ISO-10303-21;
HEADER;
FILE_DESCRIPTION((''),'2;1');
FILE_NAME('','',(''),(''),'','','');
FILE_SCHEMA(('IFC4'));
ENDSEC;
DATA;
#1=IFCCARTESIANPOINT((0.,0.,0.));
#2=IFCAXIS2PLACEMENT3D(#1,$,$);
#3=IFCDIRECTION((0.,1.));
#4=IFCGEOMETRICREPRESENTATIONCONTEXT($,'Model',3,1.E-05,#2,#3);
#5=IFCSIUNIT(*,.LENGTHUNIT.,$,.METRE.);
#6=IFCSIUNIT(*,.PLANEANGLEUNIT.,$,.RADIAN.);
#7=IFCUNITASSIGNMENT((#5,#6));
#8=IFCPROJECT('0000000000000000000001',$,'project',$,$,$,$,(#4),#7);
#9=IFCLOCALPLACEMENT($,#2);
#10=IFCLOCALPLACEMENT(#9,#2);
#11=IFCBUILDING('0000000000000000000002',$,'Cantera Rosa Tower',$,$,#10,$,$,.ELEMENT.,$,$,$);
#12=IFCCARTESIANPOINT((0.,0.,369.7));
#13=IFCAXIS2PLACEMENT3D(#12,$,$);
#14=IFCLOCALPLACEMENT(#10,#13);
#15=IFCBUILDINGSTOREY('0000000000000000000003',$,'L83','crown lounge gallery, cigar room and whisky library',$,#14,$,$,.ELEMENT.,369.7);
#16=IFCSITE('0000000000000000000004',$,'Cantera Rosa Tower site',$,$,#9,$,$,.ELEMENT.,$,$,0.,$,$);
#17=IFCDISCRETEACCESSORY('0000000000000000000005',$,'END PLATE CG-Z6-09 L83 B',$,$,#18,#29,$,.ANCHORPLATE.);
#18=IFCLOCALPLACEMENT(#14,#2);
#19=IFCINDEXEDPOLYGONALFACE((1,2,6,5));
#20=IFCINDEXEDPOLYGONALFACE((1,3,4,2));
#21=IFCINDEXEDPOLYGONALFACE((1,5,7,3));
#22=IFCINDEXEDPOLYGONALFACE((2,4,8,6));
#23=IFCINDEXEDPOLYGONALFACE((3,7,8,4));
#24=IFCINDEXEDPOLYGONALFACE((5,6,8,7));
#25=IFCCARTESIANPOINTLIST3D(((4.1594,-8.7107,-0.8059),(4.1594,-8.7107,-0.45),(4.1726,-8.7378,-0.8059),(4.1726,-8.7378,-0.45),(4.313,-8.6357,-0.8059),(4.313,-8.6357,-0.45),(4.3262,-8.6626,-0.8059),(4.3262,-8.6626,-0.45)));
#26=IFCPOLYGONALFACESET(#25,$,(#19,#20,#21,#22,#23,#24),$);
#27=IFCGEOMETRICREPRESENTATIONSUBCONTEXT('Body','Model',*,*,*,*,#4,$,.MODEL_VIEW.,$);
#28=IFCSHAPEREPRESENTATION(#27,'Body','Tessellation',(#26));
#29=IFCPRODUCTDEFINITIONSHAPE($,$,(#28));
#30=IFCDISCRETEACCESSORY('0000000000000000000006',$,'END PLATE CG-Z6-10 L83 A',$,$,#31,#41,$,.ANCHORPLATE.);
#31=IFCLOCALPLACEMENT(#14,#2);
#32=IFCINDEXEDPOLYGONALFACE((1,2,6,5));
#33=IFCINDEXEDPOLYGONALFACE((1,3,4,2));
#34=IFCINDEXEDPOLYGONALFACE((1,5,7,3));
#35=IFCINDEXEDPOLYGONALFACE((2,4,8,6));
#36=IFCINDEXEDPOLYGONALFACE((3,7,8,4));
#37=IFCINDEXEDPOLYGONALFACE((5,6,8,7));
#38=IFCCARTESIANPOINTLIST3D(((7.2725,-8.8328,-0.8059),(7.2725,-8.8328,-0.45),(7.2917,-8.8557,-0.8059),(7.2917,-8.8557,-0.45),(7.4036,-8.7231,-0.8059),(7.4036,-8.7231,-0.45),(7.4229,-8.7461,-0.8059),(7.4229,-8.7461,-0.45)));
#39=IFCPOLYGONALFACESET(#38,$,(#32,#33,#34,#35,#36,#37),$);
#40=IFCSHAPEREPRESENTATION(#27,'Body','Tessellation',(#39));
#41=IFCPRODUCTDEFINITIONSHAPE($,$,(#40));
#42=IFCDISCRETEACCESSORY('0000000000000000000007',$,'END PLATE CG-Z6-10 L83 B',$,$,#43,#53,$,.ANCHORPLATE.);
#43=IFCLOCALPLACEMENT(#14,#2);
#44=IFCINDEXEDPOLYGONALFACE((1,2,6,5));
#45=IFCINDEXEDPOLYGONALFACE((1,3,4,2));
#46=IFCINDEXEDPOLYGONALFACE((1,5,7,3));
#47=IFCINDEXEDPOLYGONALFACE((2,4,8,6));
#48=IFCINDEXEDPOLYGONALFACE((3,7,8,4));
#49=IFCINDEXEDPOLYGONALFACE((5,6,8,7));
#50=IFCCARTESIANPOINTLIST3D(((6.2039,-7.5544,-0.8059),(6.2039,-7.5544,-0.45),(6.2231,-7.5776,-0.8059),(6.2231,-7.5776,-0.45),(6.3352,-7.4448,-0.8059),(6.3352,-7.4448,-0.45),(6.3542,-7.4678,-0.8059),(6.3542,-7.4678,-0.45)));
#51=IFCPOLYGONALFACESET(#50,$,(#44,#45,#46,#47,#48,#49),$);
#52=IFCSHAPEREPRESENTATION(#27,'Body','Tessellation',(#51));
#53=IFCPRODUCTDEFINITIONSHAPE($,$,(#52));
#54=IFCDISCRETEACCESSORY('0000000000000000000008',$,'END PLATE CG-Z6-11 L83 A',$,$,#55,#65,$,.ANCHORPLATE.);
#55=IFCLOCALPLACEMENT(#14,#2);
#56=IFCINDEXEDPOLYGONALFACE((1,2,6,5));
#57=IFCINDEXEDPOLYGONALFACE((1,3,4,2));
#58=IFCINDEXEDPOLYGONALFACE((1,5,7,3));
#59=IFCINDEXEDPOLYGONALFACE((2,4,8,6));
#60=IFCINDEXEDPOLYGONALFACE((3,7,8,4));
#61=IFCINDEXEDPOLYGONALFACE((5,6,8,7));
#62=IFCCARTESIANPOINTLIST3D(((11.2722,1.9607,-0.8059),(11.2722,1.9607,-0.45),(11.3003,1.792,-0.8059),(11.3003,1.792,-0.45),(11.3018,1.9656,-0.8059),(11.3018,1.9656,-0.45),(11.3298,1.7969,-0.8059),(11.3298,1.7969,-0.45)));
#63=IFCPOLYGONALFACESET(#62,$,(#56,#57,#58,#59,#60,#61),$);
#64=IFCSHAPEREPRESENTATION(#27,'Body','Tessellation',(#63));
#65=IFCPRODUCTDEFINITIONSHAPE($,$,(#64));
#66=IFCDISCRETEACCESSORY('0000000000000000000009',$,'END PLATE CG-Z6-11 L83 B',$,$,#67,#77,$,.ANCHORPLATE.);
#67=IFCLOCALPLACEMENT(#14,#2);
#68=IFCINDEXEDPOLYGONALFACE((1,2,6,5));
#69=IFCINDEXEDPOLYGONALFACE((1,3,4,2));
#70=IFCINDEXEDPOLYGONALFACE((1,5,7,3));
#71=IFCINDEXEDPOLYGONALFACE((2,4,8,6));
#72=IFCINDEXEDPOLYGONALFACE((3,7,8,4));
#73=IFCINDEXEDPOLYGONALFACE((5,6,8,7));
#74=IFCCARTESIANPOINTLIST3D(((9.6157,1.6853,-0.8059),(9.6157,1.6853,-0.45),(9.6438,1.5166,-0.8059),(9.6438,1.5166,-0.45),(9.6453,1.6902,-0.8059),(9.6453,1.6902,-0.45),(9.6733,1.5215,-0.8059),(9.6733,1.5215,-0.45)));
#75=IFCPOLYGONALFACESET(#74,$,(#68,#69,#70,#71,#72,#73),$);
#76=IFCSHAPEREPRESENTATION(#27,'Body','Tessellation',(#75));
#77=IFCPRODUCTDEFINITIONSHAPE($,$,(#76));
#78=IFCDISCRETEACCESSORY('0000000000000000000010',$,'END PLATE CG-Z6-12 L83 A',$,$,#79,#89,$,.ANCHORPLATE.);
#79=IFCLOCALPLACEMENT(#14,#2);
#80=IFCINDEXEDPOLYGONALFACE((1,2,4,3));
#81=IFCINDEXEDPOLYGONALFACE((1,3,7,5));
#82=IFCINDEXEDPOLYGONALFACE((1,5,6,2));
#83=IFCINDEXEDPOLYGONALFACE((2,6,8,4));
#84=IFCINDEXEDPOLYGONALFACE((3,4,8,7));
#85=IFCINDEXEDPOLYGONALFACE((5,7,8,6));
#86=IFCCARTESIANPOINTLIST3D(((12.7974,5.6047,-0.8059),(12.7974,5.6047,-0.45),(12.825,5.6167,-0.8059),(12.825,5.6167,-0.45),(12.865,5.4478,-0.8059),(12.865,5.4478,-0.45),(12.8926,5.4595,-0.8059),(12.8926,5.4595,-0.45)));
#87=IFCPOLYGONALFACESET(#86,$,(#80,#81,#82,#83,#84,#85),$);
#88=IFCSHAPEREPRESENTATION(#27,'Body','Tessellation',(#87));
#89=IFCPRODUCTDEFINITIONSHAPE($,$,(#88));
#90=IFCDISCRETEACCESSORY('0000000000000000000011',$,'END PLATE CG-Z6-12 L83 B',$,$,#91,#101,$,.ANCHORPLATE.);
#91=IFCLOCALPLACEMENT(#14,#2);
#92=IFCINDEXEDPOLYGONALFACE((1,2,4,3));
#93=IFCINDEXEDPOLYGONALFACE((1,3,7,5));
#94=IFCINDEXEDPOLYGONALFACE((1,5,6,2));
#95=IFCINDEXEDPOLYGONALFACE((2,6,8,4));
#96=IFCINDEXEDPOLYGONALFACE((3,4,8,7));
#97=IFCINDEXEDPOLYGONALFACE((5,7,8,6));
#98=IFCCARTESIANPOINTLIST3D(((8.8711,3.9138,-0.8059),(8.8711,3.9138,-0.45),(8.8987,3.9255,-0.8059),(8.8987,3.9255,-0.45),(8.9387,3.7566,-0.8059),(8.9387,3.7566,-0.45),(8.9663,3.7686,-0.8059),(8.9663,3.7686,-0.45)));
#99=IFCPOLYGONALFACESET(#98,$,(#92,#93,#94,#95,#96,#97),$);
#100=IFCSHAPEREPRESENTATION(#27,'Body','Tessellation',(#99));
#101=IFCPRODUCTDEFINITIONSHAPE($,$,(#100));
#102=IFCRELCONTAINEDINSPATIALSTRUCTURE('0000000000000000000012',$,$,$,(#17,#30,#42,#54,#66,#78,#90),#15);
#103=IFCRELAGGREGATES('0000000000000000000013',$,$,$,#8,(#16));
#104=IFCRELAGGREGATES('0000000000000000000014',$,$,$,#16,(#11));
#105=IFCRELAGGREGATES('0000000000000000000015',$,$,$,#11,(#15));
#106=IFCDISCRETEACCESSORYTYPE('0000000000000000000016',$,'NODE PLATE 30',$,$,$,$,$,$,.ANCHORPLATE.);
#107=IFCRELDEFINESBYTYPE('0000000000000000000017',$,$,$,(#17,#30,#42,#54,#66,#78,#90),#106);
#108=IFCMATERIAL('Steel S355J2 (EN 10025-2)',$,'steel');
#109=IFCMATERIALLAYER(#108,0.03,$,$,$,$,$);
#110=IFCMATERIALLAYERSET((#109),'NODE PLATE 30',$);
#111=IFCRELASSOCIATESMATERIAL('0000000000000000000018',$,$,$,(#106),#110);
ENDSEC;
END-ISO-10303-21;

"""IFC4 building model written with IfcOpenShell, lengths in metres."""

from ifc_helpers import new_model, si_unit, direction, frame, origin, place, context, subcontext, project, spatial, polyline, outline, extrude, material, layer, layer_set, type_object, element, save


model = new_model("IFC4")

# Units and contexts
model_context = context("Model", 3, precision=1e-05, world=origin(), true_north=direction((0.0, 1.0)))
body_context = subcontext(model_context, "Body", "Model", "MODEL_VIEW")
ifc_project = project(units=[si_unit("LENGTHUNIT", "METRE"), si_unit("PLANEANGLEUNIT", "RADIAN")], contexts=[model_context])

# Site, building, storey
site_placement = place(None, origin())
site = spatial("IfcSite", under=ifc_project, at=site_placement, Name="Cantera Rosa Tower site", CompositionType="ELEMENT", RefElevation=0.0)
building_placement = place(site_placement, origin())
building = spatial("IfcBuilding", under=site, at=building_placement, Name="Cantera Rosa Tower", CompositionType="ELEMENT")
storey_placement = place(building_placement, frame((0.0, 0.0, 369.7)))
storey = spatial("IfcBuildingStorey", under=building, at=storey_placement, Name="L83", Description="crown lounge gallery, cigar room and whisky library", CompositionType="ELEMENT", Elevation=369.7)

# Discrete accessories
ifc_material_1 = material(Name="Steel S355J2 (EN 10025-2)", Category="steel")
ifc_layer_1 = layer(ifc_material_1, 0.03)
ifc_layer_set_1 = layer_set([ifc_layer_1], Name="NODE PLATE 30")
discrete_accessory_type = type_object("IfcDiscreteAccessoryType", Name="NODE PLATE 30", PredefinedType="ANCHORPLATE", material=ifc_layer_set_1)
discrete_accessory_1_placement = place(storey_placement, frame((0.0, 0.0, -0.8059)))
element("IfcDiscreteAccessory", 1, at=discrete_accessory_1_placement, inside=storey, type_object=discrete_accessory_type, Name="END PLATE CG-Z6-09 L83 B", PredefinedType="ANCHORPLATE", context=body_context, shape_type="SweptSolid", body=[
    extrude(outline(polyline([(4.1726, -8.7378), (4.1594, -8.7107), (4.313, -8.6357), (4.3262, -8.6626), (4.1726, -8.7378)])), origin(), (0.0, 0.0, 1.0), 0.356),
])
discrete_accessory_2_placement = place(storey_placement, frame((0.0, 0.0, -0.8059)))
element("IfcDiscreteAccessory", 2, at=discrete_accessory_2_placement, inside=storey, type_object=discrete_accessory_type, Name="END PLATE CG-Z6-10 L83 A", PredefinedType="ANCHORPLATE", context=body_context, shape_type="SweptSolid", body=[
    extrude(outline(polyline([(7.4036, -8.7231), (7.4229, -8.7461), (7.2917, -8.8557), (7.2725, -8.8328), (7.4036, -8.7231)])), origin(), (0.0, 0.0, 1.0), 0.356),
])
discrete_accessory_3_placement = place(storey_placement, frame((0.0, 0.0, -0.8059)))
element("IfcDiscreteAccessory", 3, at=discrete_accessory_3_placement, inside=storey, type_object=discrete_accessory_type, Name="END PLATE CG-Z6-10 L83 B", PredefinedType="ANCHORPLATE", context=body_context, shape_type="SweptSolid", body=[
    extrude(outline(polyline([(6.2231, -7.5776), (6.2039, -7.5544), (6.3352, -7.4448), (6.3542, -7.4678), (6.2231, -7.5776)])), origin(), (0.0, 0.0, 1.0), 0.356),
])
discrete_accessory_4_placement = place(storey_placement, frame((0.0, 0.0, -0.8059)))
element("IfcDiscreteAccessory", 4, at=discrete_accessory_4_placement, inside=storey, type_object=discrete_accessory_type, Name="END PLATE CG-Z6-11 L83 A", PredefinedType="ANCHORPLATE", context=body_context, shape_type="SweptSolid", body=[
    extrude(outline(polyline([(11.2722, 1.9607), (11.3018, 1.9656), (11.3298, 1.7969), (11.3003, 1.792), (11.2722, 1.9607)])), origin(), (0.0, 0.0, 1.0), 0.356),
])
discrete_accessory_5_placement = place(storey_placement, frame((0.0, 0.0, -0.8059)))
element("IfcDiscreteAccessory", 5, at=discrete_accessory_5_placement, inside=storey, type_object=discrete_accessory_type, Name="END PLATE CG-Z6-11 L83 B", PredefinedType="ANCHORPLATE", context=body_context, shape_type="SweptSolid", body=[
    extrude(outline(polyline([(9.6733, 1.5215), (9.6438, 1.5166), (9.6157, 1.6853), (9.6453, 1.6902), (9.6733, 1.5215)])), origin(), (0.0, 0.0, 1.0), 0.356),
])
discrete_accessory_6_placement = place(storey_placement, frame((0.0, 0.0, -0.8059)))
element("IfcDiscreteAccessory", 6, at=discrete_accessory_6_placement, inside=storey, type_object=discrete_accessory_type, Name="END PLATE CG-Z6-12 L83 A", PredefinedType="ANCHORPLATE", context=body_context, shape_type="SweptSolid", body=[
    extrude(outline(polyline([(12.7974, 5.6047), (12.825, 5.6167), (12.8926, 5.4595), (12.865, 5.4478), (12.7974, 5.6047)])), origin(), (0.0, 0.0, 1.0), 0.356),
])
discrete_accessory_7_placement = place(storey_placement, frame((0.0, 0.0, -0.8059)))
element("IfcDiscreteAccessory", 7, at=discrete_accessory_7_placement, inside=storey, type_object=discrete_accessory_type, Name="END PLATE CG-Z6-12 L83 B", PredefinedType="ANCHORPLATE", context=body_context, shape_type="SweptSolid", body=[
    extrude(outline(polyline([(8.9663, 3.7686), (8.9387, 3.7566), (8.8711, 3.9138), (8.8987, 3.9255), (8.9663, 3.7686)])), origin(), (0.0, 0.0, 1.0), 0.356),
])

save(model, "model.ifc")
